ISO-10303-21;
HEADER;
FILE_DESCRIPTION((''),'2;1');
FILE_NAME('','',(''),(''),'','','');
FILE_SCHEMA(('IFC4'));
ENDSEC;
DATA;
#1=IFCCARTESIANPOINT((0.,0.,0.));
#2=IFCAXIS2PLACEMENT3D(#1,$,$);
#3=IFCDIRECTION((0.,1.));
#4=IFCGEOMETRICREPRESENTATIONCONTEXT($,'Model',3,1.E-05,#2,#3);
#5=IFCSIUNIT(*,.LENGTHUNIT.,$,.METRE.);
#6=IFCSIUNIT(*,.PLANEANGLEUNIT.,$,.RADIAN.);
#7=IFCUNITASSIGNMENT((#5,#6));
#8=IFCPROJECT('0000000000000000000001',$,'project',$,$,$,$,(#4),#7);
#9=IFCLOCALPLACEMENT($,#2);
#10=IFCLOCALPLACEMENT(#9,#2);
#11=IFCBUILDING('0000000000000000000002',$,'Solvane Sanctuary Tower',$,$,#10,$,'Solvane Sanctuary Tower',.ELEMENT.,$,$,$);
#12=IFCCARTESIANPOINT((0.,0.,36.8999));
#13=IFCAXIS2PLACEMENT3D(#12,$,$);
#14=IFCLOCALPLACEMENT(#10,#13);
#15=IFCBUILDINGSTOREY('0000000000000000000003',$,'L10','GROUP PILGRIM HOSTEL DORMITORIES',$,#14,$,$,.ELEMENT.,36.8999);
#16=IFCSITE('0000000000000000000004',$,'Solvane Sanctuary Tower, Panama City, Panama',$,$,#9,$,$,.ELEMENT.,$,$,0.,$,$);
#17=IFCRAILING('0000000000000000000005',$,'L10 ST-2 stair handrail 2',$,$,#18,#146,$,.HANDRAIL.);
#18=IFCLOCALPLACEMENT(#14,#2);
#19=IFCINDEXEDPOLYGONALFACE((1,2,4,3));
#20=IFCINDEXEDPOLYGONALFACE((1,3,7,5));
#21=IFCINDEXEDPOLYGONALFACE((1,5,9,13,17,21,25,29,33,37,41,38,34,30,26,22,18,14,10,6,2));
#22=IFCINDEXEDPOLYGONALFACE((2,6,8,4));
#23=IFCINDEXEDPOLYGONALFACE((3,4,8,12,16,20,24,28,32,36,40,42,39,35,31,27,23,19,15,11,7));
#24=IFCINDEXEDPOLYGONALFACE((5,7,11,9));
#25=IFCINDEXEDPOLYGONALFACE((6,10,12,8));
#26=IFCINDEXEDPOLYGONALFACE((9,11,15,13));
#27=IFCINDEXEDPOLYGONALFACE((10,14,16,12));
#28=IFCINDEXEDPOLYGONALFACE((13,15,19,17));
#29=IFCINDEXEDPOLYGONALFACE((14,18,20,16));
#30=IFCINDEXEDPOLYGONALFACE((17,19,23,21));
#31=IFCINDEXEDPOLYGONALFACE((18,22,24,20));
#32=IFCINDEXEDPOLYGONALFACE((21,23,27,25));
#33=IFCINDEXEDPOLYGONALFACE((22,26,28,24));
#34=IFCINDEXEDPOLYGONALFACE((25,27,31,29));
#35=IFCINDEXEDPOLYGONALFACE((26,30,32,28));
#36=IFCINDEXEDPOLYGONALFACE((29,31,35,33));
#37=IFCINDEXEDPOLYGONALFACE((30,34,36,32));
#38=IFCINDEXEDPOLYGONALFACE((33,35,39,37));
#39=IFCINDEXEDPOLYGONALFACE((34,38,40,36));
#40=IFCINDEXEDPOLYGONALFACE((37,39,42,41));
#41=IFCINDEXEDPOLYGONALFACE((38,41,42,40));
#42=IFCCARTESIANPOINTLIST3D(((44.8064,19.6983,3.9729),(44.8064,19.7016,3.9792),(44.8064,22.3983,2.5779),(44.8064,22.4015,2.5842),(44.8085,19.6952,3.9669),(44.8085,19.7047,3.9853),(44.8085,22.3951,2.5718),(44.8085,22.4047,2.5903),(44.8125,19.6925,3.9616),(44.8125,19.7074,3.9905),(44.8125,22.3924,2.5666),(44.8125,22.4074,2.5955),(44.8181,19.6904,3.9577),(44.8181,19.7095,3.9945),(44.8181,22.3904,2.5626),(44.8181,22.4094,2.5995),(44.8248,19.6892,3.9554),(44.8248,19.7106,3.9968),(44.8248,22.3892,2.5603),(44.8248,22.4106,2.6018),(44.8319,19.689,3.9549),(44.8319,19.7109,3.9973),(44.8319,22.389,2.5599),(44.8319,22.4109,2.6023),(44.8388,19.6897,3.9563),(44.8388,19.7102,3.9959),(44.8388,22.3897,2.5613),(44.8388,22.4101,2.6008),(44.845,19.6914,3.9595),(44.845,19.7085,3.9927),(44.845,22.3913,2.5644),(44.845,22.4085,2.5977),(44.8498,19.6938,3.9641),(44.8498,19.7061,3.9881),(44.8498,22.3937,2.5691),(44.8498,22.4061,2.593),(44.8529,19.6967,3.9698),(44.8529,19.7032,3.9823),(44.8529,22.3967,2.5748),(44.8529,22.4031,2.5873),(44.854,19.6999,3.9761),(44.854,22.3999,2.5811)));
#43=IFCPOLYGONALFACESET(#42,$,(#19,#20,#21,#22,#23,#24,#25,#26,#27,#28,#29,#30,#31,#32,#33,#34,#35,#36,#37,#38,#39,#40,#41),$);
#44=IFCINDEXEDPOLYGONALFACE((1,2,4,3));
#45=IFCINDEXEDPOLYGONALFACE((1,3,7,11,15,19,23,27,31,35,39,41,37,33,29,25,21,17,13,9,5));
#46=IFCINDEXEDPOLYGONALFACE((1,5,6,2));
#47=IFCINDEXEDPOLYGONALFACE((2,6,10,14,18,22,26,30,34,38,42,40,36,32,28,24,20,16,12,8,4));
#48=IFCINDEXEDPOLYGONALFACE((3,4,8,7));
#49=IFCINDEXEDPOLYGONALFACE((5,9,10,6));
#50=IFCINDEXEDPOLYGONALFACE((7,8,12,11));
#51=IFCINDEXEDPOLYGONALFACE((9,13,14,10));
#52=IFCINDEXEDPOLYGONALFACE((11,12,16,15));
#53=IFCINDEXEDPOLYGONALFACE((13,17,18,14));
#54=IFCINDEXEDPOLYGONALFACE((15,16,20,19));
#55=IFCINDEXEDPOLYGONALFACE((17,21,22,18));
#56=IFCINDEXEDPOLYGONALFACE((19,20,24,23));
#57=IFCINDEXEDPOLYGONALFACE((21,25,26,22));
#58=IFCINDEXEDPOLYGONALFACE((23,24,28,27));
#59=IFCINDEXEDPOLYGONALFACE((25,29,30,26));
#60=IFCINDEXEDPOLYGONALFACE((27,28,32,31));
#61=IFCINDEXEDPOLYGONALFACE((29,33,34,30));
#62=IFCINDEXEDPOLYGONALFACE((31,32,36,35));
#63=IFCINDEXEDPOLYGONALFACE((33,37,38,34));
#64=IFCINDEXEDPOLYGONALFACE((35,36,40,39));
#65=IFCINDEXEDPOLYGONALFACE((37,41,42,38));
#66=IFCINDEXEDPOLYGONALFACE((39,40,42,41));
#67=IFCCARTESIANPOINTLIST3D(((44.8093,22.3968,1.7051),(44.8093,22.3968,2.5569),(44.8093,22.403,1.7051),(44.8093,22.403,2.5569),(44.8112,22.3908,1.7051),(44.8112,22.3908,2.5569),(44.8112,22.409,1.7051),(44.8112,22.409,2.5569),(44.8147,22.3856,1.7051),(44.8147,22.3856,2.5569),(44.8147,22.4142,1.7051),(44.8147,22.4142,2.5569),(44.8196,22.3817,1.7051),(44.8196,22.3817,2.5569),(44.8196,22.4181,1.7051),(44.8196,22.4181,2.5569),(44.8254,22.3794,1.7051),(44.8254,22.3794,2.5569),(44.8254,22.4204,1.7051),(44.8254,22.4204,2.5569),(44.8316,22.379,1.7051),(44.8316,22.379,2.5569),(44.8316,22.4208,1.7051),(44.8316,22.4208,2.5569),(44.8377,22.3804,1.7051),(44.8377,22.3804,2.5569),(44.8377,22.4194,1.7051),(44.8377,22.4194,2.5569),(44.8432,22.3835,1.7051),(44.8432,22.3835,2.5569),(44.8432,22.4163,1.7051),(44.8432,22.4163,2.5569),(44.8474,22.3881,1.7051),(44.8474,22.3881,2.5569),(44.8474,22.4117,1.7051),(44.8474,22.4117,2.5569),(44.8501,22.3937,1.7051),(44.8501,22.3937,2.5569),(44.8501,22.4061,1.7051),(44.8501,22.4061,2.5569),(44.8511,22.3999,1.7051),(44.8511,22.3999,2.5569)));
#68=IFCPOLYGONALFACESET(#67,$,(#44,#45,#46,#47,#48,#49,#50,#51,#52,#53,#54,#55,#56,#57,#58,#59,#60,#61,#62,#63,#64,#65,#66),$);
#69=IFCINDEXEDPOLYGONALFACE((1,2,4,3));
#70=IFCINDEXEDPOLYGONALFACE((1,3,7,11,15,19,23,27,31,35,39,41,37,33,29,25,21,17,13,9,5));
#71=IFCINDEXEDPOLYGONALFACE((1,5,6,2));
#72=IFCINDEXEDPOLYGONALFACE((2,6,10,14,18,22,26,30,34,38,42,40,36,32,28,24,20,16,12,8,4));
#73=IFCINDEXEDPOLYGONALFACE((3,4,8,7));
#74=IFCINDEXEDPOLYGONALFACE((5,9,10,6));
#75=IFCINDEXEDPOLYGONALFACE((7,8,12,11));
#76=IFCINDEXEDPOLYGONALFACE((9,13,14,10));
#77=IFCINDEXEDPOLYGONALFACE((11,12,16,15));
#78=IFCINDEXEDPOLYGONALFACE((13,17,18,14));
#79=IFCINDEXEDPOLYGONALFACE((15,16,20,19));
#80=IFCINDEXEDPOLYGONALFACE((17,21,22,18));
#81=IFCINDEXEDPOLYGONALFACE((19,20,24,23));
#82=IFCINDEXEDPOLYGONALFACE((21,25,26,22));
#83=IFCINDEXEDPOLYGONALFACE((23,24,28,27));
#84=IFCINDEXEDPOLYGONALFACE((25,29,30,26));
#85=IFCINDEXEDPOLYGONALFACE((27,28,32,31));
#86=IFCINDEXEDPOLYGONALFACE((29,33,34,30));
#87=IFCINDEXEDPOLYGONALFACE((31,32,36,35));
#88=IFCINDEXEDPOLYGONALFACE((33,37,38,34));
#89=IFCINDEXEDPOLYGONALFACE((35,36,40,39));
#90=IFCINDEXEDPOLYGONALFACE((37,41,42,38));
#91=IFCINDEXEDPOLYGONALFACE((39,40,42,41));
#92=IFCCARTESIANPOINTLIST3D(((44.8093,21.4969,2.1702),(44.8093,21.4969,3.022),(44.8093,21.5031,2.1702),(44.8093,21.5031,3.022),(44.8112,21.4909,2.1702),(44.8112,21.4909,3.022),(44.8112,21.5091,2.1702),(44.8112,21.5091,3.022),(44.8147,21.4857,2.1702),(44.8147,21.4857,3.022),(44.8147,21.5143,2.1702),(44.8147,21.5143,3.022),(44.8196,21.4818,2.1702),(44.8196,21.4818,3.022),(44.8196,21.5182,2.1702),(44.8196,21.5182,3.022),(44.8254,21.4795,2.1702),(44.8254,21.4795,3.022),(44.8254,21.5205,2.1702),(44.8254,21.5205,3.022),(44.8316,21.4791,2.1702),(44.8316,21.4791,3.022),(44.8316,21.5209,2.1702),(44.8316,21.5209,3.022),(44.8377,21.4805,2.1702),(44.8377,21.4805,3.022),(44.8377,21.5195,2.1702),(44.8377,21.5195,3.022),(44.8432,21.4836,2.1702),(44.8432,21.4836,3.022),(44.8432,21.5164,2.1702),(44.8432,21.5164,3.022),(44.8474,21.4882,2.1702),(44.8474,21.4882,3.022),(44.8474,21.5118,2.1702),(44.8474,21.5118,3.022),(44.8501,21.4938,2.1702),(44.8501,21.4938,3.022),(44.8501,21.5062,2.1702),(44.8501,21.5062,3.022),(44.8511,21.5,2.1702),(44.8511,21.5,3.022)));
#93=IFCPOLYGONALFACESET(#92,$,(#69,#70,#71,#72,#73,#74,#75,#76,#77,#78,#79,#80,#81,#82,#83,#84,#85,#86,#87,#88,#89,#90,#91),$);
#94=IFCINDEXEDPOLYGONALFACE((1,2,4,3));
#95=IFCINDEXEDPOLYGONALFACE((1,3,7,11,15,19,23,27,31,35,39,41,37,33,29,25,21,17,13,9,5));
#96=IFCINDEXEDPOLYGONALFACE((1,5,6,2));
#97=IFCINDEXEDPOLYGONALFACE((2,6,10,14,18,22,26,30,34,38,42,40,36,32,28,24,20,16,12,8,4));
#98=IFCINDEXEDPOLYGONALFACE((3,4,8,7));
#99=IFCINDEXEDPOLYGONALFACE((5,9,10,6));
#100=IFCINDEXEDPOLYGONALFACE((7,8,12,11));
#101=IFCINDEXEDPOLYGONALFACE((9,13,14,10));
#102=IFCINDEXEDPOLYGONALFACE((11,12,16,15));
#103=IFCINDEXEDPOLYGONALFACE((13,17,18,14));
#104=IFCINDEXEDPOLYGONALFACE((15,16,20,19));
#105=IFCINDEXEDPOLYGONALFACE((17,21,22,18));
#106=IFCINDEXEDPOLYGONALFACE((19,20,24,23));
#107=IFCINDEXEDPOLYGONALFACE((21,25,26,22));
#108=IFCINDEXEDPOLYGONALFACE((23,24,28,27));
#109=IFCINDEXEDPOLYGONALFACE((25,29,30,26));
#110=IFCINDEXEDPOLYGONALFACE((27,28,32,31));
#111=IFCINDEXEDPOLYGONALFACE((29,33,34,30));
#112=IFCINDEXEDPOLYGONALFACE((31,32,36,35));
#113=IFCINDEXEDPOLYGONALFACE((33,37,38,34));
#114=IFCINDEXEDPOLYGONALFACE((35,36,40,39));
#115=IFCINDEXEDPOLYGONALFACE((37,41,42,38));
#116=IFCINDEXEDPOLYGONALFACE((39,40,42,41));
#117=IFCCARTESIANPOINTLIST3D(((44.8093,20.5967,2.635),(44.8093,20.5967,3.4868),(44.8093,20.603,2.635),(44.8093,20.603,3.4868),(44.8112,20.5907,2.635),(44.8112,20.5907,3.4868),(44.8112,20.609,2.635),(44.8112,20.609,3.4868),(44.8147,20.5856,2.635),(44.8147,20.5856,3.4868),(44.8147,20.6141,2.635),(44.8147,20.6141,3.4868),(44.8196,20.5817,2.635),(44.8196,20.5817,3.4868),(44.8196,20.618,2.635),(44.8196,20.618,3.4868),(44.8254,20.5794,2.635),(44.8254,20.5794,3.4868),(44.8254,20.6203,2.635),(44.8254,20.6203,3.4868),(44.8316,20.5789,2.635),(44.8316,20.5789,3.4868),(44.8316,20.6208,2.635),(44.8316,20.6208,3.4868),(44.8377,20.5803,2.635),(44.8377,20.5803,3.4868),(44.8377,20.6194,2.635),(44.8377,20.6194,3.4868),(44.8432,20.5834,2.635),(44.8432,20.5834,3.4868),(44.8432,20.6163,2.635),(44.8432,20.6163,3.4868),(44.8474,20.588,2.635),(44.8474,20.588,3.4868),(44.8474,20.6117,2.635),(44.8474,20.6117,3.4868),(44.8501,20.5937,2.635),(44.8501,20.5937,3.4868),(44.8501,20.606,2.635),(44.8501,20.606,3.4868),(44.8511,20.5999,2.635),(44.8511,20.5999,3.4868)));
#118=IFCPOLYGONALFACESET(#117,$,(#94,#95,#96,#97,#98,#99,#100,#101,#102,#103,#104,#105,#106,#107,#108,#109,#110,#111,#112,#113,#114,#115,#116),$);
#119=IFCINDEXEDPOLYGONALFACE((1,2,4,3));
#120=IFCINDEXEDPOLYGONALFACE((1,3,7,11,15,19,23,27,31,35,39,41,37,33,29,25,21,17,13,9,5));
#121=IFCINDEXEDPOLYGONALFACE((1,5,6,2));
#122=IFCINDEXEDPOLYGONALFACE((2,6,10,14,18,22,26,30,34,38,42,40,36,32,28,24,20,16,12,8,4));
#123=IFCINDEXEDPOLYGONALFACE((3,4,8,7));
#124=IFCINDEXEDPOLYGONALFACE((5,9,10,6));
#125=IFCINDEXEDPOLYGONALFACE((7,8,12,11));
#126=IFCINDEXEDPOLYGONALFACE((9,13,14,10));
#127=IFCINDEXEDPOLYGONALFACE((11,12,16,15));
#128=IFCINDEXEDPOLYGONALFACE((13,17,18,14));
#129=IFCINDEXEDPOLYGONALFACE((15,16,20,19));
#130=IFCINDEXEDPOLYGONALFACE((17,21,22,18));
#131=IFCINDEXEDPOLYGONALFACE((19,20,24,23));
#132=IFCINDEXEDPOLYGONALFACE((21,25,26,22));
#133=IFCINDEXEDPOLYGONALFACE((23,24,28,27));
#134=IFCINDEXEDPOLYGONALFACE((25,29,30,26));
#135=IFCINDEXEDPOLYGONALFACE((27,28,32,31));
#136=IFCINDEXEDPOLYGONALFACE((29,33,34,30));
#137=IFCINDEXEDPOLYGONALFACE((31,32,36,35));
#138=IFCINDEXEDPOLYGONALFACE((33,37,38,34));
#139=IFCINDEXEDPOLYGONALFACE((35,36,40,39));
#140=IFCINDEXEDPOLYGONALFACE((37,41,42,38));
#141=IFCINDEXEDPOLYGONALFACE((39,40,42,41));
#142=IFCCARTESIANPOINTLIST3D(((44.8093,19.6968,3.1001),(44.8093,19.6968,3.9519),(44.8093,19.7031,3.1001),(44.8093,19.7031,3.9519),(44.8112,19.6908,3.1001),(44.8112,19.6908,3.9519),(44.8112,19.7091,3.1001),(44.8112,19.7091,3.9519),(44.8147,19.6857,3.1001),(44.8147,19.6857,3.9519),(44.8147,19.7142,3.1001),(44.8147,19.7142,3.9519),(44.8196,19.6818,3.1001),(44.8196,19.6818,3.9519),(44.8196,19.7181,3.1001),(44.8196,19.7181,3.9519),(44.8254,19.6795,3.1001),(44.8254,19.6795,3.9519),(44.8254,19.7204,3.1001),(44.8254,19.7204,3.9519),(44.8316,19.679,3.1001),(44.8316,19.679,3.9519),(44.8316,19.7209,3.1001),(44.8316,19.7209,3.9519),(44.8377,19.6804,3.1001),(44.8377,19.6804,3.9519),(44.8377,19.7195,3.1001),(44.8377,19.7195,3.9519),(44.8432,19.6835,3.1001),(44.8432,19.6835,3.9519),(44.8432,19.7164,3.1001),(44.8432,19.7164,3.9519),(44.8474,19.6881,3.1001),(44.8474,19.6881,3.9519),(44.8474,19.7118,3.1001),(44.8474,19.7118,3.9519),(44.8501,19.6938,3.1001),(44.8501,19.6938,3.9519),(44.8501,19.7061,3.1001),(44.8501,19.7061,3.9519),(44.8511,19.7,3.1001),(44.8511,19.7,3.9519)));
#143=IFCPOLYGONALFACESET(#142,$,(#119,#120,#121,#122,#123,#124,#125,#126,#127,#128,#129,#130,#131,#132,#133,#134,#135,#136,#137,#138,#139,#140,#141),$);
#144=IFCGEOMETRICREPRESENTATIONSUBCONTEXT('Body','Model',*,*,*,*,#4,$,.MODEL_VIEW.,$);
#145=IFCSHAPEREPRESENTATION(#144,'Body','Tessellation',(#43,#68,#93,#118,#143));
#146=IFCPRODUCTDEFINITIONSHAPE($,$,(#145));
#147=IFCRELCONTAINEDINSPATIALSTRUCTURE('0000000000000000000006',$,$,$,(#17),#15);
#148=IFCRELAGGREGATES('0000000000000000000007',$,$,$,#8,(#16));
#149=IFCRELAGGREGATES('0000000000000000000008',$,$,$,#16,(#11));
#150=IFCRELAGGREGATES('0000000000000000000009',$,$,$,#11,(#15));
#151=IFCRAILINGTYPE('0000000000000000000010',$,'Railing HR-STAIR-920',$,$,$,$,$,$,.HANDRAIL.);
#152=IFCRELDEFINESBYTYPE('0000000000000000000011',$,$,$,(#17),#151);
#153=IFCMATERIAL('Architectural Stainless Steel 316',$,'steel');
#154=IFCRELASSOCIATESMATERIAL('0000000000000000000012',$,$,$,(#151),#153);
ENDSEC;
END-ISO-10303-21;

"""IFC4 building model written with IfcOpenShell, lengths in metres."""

from ifc_helpers import new_model, si_unit, direction, frame, origin, origin_2d, place, context, subcontext, project, spatial, circle, extrude, material, type_object, element, save


model = new_model("IFC4")

# Units and contexts
model_context = context("Model", 3, precision=1e-05, world=origin(), true_north=direction((0.0, 1.0)))
body_context = subcontext(model_context, "Body", "Model", "MODEL_VIEW")
ifc_project = project(units=[si_unit("LENGTHUNIT", "METRE"), si_unit("PLANEANGLEUNIT", "RADIAN")], contexts=[model_context])

# Site, building, storey
site_placement = place(None, origin())
site = spatial("IfcSite", under=ifc_project, at=site_placement, Name="Solvane Sanctuary Tower, Panama City, Panama", CompositionType="ELEMENT", RefElevation=0.0)
building_placement = place(site_placement, origin())
building = spatial("IfcBuilding", under=site, at=building_placement, Name="Solvane Sanctuary Tower", LongName="Solvane Sanctuary Tower", CompositionType="ELEMENT")
storey_placement = place(building_placement, frame((0.0, 0.0, 36.8999)))
storey = spatial("IfcBuildingStorey", under=building, at=storey_placement, Name="L10", Description="GROUP PILGRIM HOSTEL DORMITORIES", CompositionType="ELEMENT", Elevation=36.8999)

# Shared definitions
ifc_material_1 = material(Name="Architectural Stainless Steel 316", Category="steel")

# Railing
railing_type_1 = type_object("IfcRailingType", Name="Railing HR-STAIR-920", PredefinedType="HANDRAIL", material=ifc_material_1)
railing_1_placement = place(storey_placement, frame((44.8301, 22.3999, 1.7051)))
element("IfcRailing", 1, at=railing_1_placement, inside=storey, type_object=railing_type_1, Name="L10 ST-2 stair handrail 2", PredefinedType="HANDRAIL", context=body_context, shape_type="SweptSolid", body=[
    extrude(circle(Radius=0.0239, at=origin_2d()), frame((0.0, 0.0, 0.876), z_axis=(0.0, -0.88842, 0.459032), x_axis=(1.0, 0.0, 0.0)), (0.0, 0.0, 1.0), 3.0391),
    extrude(circle(Radius=0.021, at=origin_2d()), origin(), (0.0, 0.0, 1.0), 0.8518),
    extrude(circle(Radius=0.021, at=origin_2d()), frame((0.0, -0.8999, 0.4651)), (0.0, 0.0, 1.0), 0.8518),
    extrude(circle(Radius=0.021, at=origin_2d()), frame((0.0, -1.8, 0.9299)), (0.0, 0.0, 1.0), 0.8518),
    extrude(circle(Radius=0.021, at=origin_2d()), frame((0.0, -2.7, 1.395)), (0.0, 0.0, 1.0), 0.8518),
])

save(model, "model.ifc")
